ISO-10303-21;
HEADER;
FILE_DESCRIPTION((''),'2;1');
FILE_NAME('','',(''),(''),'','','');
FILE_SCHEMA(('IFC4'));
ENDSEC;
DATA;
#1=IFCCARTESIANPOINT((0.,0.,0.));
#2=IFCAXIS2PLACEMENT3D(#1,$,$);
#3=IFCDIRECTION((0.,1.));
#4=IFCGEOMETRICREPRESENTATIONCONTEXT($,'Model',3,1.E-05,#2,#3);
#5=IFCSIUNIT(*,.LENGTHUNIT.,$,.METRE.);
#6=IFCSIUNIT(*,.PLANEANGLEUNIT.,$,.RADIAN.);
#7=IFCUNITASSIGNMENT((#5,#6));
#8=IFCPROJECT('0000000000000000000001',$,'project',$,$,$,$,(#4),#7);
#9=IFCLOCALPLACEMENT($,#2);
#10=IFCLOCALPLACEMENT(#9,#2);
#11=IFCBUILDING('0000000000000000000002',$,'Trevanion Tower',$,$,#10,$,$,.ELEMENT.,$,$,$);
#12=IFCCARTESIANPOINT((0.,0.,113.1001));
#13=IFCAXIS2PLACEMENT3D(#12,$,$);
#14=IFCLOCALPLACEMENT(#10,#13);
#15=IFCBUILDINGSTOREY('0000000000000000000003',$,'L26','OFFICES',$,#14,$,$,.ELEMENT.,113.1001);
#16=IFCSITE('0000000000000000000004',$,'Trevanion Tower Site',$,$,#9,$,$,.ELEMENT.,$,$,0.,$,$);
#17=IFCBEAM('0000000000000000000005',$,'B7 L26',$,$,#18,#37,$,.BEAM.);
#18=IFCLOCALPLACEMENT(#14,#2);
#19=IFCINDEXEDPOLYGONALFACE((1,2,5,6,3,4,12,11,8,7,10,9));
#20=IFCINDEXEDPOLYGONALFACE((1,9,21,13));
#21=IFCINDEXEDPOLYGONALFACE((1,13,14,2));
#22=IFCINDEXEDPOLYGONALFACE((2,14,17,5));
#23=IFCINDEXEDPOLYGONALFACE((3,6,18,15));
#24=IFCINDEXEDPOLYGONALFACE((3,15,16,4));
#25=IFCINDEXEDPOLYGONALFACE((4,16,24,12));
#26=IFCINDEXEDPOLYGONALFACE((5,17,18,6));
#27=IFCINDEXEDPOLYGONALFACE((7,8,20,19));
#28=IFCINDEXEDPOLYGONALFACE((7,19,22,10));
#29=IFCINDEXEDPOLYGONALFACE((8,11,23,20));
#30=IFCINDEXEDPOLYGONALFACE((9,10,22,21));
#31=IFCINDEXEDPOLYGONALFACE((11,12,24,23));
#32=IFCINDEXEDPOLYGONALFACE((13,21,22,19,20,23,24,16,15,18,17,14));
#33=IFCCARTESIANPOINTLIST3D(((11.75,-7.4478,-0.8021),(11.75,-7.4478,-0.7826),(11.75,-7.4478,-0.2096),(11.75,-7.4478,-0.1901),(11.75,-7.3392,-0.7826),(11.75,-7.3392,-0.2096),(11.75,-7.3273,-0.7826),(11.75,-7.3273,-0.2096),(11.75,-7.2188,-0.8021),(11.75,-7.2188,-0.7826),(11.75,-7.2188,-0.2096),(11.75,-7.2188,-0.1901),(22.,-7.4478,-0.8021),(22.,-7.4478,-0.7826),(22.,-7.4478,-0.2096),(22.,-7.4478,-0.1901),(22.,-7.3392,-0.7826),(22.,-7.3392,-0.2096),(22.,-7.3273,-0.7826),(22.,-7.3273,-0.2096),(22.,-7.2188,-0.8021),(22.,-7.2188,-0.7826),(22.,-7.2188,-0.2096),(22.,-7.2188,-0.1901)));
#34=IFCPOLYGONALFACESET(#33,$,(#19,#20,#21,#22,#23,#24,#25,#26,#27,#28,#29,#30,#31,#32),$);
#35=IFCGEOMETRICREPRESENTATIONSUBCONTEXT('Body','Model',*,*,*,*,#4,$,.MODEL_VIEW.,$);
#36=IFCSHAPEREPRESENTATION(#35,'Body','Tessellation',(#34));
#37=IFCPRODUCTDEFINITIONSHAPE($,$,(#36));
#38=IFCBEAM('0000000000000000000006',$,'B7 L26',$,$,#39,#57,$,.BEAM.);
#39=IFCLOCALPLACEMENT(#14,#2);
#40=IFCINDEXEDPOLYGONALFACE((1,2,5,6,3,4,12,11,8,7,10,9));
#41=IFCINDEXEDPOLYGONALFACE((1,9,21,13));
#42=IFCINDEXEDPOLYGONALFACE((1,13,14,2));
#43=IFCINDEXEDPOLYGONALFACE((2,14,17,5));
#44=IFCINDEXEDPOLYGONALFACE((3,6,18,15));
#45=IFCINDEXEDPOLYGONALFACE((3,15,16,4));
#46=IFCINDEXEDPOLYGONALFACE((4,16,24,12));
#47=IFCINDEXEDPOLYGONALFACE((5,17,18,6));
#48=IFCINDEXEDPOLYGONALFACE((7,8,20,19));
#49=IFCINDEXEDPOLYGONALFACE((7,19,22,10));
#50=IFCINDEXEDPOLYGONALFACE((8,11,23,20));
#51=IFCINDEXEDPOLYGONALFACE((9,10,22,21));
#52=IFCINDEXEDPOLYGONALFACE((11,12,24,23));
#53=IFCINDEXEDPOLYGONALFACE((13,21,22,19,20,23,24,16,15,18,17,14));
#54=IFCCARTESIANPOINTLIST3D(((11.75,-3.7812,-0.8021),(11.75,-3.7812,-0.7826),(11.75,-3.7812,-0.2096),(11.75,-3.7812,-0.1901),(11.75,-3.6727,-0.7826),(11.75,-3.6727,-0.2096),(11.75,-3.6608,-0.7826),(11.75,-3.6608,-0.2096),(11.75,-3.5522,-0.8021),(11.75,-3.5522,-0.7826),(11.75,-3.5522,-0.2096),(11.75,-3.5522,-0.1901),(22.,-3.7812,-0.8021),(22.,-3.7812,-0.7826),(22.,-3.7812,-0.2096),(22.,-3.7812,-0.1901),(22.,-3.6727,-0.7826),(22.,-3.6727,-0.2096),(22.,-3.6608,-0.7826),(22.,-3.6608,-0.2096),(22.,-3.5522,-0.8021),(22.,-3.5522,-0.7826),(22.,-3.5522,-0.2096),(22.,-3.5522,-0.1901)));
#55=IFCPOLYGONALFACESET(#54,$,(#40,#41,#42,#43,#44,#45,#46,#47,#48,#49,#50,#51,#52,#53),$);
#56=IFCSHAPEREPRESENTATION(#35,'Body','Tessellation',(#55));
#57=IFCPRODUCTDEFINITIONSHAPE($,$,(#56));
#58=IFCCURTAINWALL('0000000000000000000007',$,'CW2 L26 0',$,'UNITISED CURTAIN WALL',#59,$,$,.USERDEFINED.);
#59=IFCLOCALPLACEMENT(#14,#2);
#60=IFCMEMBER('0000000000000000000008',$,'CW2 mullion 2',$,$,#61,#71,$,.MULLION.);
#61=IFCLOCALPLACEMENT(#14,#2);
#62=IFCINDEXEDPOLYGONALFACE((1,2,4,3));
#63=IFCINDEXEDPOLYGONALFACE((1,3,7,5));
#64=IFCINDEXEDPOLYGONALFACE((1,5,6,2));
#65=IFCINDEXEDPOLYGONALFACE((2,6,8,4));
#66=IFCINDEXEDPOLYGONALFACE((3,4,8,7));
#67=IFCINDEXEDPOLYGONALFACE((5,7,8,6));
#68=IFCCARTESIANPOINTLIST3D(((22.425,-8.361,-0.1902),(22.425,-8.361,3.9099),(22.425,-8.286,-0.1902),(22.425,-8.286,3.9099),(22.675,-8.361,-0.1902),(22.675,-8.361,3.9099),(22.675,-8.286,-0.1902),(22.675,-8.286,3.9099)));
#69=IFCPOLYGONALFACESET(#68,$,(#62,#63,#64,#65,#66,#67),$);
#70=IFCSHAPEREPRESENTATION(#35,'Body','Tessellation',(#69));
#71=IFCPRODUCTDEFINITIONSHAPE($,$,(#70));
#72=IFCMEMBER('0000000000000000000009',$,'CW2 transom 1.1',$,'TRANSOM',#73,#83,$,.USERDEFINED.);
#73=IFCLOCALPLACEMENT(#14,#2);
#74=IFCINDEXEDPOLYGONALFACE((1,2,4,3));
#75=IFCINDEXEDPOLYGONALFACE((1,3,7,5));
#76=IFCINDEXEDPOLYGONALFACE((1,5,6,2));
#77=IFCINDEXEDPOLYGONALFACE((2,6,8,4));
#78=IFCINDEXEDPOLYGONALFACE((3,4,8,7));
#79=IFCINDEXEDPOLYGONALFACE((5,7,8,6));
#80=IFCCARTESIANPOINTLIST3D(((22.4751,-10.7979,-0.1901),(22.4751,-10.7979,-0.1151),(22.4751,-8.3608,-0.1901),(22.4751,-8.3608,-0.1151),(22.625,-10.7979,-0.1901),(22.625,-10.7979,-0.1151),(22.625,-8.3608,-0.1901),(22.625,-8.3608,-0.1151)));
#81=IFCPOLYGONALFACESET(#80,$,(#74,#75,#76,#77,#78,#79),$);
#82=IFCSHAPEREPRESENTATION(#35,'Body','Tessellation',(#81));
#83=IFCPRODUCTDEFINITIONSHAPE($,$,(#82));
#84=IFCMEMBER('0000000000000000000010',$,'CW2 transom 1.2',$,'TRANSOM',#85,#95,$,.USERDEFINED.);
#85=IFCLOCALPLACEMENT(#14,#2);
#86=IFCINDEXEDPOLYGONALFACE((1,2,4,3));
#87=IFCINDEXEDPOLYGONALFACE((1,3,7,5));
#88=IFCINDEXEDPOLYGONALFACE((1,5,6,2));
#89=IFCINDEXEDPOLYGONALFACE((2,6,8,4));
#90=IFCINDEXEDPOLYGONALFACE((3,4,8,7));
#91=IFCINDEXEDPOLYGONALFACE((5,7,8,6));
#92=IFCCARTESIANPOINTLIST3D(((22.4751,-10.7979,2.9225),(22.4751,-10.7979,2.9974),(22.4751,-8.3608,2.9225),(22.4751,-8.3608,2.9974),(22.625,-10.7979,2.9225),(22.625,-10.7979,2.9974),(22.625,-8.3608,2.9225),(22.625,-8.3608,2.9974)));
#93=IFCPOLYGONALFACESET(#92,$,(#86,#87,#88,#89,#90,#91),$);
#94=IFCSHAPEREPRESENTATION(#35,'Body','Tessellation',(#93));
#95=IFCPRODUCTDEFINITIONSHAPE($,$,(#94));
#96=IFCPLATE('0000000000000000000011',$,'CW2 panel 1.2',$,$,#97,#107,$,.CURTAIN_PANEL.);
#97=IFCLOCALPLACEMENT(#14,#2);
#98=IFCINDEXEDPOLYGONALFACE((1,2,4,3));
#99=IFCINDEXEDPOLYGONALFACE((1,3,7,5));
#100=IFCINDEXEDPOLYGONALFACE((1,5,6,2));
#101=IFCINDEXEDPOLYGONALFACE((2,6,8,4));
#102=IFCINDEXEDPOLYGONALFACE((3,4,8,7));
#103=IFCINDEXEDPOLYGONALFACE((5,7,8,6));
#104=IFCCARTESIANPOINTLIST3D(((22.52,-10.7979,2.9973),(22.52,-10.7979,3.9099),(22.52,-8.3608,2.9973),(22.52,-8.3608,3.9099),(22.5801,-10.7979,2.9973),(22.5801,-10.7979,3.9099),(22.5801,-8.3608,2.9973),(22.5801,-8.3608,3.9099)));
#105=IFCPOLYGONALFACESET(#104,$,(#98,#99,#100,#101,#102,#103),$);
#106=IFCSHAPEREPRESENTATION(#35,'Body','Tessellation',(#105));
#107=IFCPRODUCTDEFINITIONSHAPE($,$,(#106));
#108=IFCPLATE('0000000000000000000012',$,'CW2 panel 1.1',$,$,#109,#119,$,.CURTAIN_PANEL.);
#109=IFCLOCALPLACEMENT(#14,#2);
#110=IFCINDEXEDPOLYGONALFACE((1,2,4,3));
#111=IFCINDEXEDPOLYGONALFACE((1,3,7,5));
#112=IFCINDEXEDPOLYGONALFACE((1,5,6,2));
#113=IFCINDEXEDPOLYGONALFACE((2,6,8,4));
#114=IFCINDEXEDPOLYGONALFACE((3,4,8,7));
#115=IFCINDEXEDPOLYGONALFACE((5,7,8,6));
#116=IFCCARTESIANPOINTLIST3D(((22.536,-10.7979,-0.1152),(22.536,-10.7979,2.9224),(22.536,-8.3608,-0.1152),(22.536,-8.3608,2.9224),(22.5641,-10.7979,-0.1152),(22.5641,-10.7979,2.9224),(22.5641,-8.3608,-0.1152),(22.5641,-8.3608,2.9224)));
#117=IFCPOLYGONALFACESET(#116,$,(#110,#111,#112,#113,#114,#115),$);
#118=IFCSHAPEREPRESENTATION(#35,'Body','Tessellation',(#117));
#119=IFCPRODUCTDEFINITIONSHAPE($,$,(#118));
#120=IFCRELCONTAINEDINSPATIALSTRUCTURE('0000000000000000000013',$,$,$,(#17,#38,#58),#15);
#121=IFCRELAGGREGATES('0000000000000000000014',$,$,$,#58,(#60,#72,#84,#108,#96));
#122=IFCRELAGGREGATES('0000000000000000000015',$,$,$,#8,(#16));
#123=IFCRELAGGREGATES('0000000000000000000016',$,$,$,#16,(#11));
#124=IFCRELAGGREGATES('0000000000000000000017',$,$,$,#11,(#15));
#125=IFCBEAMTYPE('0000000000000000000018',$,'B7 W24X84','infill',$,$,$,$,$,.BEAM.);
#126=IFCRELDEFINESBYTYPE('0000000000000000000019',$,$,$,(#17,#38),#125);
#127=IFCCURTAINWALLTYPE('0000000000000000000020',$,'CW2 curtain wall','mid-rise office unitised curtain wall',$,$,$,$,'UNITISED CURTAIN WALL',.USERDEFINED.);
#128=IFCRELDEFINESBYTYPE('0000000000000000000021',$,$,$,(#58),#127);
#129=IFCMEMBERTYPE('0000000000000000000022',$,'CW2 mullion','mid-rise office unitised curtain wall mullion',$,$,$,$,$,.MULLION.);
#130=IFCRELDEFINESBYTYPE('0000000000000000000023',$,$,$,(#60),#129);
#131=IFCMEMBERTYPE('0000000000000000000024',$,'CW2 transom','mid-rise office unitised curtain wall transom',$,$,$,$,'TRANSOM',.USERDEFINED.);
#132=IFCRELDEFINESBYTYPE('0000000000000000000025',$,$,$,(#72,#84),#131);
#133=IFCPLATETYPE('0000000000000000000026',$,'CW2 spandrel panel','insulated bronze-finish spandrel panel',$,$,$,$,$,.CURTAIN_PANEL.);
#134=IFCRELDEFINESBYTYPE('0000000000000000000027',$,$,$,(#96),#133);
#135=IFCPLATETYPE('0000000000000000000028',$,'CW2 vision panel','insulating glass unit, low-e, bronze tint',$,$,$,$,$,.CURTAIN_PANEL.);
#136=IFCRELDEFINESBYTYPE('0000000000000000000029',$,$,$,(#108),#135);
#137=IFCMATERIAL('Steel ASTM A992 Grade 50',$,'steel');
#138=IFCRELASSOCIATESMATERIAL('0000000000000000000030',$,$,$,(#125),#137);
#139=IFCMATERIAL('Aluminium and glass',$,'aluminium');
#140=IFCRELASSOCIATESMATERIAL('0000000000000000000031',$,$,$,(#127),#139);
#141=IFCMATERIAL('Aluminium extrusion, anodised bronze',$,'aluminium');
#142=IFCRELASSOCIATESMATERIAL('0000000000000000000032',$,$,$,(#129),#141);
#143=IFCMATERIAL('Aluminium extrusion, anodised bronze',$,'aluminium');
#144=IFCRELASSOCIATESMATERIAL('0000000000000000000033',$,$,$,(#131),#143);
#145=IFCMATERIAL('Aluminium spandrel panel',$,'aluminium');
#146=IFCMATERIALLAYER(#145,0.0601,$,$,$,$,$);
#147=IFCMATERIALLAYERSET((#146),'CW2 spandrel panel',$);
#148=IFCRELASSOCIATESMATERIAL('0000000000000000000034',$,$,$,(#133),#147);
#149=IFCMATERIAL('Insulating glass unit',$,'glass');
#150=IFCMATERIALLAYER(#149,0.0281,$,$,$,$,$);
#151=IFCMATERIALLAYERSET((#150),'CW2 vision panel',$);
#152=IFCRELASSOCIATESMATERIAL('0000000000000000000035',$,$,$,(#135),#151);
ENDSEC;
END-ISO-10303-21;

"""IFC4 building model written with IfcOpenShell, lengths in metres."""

from ifc_helpers import new_model, si_unit, direction, frame, origin, origin_2d, place, context, subcontext, project, spatial, rectangle, i_section, extrude, material, layer, layer_set, material_profile, profile_set, type_object, element, aggregate, save


model = new_model("IFC4")

# Units and contexts
model_context = context("Model", 3, precision=1e-05, world=origin(), true_north=direction((0.0, 1.0)))
body_context = subcontext(model_context, "Body", "Model", "MODEL_VIEW")
ifc_project = project(units=[si_unit("LENGTHUNIT", "METRE"), si_unit("PLANEANGLEUNIT", "RADIAN")], contexts=[model_context])

# Site, building, storey
site_placement = place(None, origin())
site = spatial("IfcSite", under=ifc_project, at=site_placement, Name="Trevanion Tower Site", CompositionType="ELEMENT", RefElevation=0.0)
building_placement = place(site_placement, origin())
building = spatial("IfcBuilding", under=site, at=building_placement, Name="Trevanion Tower", CompositionType="ELEMENT")
storey_placement = place(building_placement, frame((0.0, 0.0, 113.1001)))
storey = spatial("IfcBuildingStorey", under=building, at=storey_placement, Name="L26", Description="OFFICES", CompositionType="ELEMENT", Elevation=113.1001)

# Beams
ifc_material_1 = material(Name="Steel ASTM A992 Grade 50", Category="steel")
ifc_material_profile_1 = material_profile(ifc_material_1, i_section(OverallWidth=0.229, OverallDepth=0.6121, WebThickness=0.012, FlangeThickness=0.0195, at=origin_2d()), Name="W24X84")
ifc_profile_set_1 = profile_set([ifc_material_profile_1], Name="Steel ASTM A992 Grade 50")
beam_type = type_object("IfcBeamType", Name="B7 W24X84", Description="infill", PredefinedType="BEAM", material=ifc_profile_set_1)
for number, where, z_axis, x_axis, name in (
    (1, (11.75, -7.3333, -0.4961), (1.0, 0.0, 0.0), (0.0, 1.0, 0.0), "B7 L26"),
    (2, (11.75, -3.6667, -0.4961), (1.0, 0.0, 0.0), (0.0, 1.0, 0.0), "B7 L26"),
):
    element("IfcBeam", number, at=place(storey_placement, frame(where, z_axis=z_axis, x_axis=x_axis)), inside=storey, type_object=beam_type, Name=name, PredefinedType="BEAM", context=body_context, shape_type="SweptSolid", body=[
        extrude(i_section(OverallWidth=0.229, OverallDepth=0.6121, WebThickness=0.012, FlangeThickness=0.0195, at=origin_2d()), origin(), (0.0, 0.0, 1.0), 10.25),
    ])

# Curtain wall, members, plates
ifc_material_2 = material(Name="Aluminium and glass", Category="aluminium")
curtain_wall_type = type_object("IfcCurtainWallType", Name="CW2 curtain wall", Description="mid-rise office unitised curtain wall", ElementType="UNITISED CURTAIN WALL", PredefinedType="USERDEFINED", material=ifc_material_2)
curtain_wall_placement = place(storey_placement, origin())
curtain_wall = element("IfcCurtainWall", 3, at=curtain_wall_placement, inside=storey, type_object=curtain_wall_type, Name="CW2 L26 0", ObjectType="UNITISED CURTAIN WALL", PredefinedType="USERDEFINED")
ifc_material_3 = material(Name="Aluminium extrusion, anodised bronze", Category="aluminium")
ifc_material_profile_2 = material_profile(ifc_material_3, rectangle(XDim=0.075, YDim=0.25, at=origin_2d()), Name="CW2 mullion")
ifc_profile_set_2 = profile_set([ifc_material_profile_2], Name="Aluminium extrusion, anodised bronze")
member_type_1 = type_object("IfcMemberType", Name="CW2 mullion", Description="mid-rise office unitised curtain wall mullion", PredefinedType="MULLION", material=ifc_profile_set_2)
member_1_placement = place(storey_placement, frame((22.55, -8.3235, -0.1902), z_axis=(0.0, 0.0, 1.0), x_axis=(0.0, 1.0, 0.0)))
member_1 = element("IfcMember", 4, at=member_1_placement, type_object=member_type_1, Name="CW2 mullion 2", PredefinedType="MULLION", context=body_context, shape_type="SweptSolid", body=[
    extrude(rectangle(XDim=0.075, YDim=0.25, at=origin_2d()), origin(), (0.0, 0.0, 1.0), 4.1001),
])
ifc_material_4 = material(Name="Aluminium extrusion, anodised bronze", Category="aluminium")
ifc_material_profile_3 = material_profile(ifc_material_4, rectangle(XDim=0.1499, YDim=0.075, at=origin_2d()), Name="CW2 transom")
ifc_profile_set_3 = profile_set([ifc_material_profile_3], Name="Aluminium extrusion, anodised bronze")
member_type_2 = type_object("IfcMemberType", Name="CW2 transom", Description="mid-rise office unitised curtain wall transom", ElementType="TRANSOM", PredefinedType="USERDEFINED", material=ifc_profile_set_3)
member_2_placement = place(storey_placement, frame((22.55, -10.7979, -0.1526), z_axis=(0.0, 1.0, 0.0), x_axis=(-1.0, 0.0, 0.0)))
member_2 = element("IfcMember", 5, at=member_2_placement, type_object=member_type_2, Name="CW2 transom 1.1", ObjectType="TRANSOM", PredefinedType="USERDEFINED", context=body_context, shape_type="SweptSolid", body=[
    extrude(rectangle(XDim=0.1499, YDim=0.075, at=origin_2d()), origin(), (0.0, 0.0, 1.0), 2.437),
])
member_3_placement = place(storey_placement, frame((22.55, -10.7979, 2.96), z_axis=(0.0, 1.0, 0.0), x_axis=(-1.0, 0.0, 0.0)))
member_3 = element("IfcMember", 6, at=member_3_placement, type_object=member_type_2, Name="CW2 transom 1.2", ObjectType="TRANSOM", PredefinedType="USERDEFINED", context=body_context, shape_type="SweptSolid", body=[
    extrude(rectangle(XDim=0.1499, YDim=0.075, at=origin_2d()), origin(), (0.0, 0.0, 1.0), 2.437),
])
ifc_material_5 = material(Name="Aluminium spandrel panel", Category="aluminium")
ifc_layer_1 = layer(ifc_material_5, 0.0601)
ifc_layer_set_1 = layer_set([ifc_layer_1], Name="CW2 spandrel panel")
plate_type_1 = type_object("IfcPlateType", Name="CW2 spandrel panel", Description="insulated bronze-finish spandrel panel", PredefinedType="CURTAIN_PANEL", material=ifc_layer_set_1)
plate_1_placement = place(storey_placement, frame((22.55, -9.5793, 2.9973), z_axis=(0.0, 0.0, 1.0), x_axis=(0.0, 1.0, 0.0)))
plate_1 = element("IfcPlate", 7, at=plate_1_placement, type_object=plate_type_1, Name="CW2 panel 1.2", PredefinedType="CURTAIN_PANEL", context=body_context, shape_type="SweptSolid", body=[
    extrude(rectangle(XDim=2.437, YDim=0.0601, at=origin_2d()), origin(), (0.0, 0.0, 1.0), 0.9126),
])
ifc_material_6 = material(Name="Insulating glass unit", Category="glass")
ifc_layer_2 = layer(ifc_material_6, 0.0281)
ifc_layer_set_2 = layer_set([ifc_layer_2], Name="CW2 vision panel")
plate_type_2 = type_object("IfcPlateType", Name="CW2 vision panel", Description="insulating glass unit, low-e, bronze tint", PredefinedType="CURTAIN_PANEL", material=ifc_layer_set_2)
plate_2_placement = place(storey_placement, frame((22.55, -9.5793, -0.1152), z_axis=(0.0, 0.0, 1.0), x_axis=(0.0, 1.0, 0.0)))
plate_2 = element("IfcPlate", 8, at=plate_2_placement, type_object=plate_type_2, Name="CW2 panel 1.1", PredefinedType="CURTAIN_PANEL", context=body_context, shape_type="SweptSolid", body=[
    extrude(rectangle(XDim=2.437, YDim=0.0281, at=origin_2d()), origin(), (0.0, 0.0, 1.0), 3.0376),
])
aggregate(curtain_wall, [member_1, member_2, member_3, plate_2, plate_1])

save(model, "model.ifc")
